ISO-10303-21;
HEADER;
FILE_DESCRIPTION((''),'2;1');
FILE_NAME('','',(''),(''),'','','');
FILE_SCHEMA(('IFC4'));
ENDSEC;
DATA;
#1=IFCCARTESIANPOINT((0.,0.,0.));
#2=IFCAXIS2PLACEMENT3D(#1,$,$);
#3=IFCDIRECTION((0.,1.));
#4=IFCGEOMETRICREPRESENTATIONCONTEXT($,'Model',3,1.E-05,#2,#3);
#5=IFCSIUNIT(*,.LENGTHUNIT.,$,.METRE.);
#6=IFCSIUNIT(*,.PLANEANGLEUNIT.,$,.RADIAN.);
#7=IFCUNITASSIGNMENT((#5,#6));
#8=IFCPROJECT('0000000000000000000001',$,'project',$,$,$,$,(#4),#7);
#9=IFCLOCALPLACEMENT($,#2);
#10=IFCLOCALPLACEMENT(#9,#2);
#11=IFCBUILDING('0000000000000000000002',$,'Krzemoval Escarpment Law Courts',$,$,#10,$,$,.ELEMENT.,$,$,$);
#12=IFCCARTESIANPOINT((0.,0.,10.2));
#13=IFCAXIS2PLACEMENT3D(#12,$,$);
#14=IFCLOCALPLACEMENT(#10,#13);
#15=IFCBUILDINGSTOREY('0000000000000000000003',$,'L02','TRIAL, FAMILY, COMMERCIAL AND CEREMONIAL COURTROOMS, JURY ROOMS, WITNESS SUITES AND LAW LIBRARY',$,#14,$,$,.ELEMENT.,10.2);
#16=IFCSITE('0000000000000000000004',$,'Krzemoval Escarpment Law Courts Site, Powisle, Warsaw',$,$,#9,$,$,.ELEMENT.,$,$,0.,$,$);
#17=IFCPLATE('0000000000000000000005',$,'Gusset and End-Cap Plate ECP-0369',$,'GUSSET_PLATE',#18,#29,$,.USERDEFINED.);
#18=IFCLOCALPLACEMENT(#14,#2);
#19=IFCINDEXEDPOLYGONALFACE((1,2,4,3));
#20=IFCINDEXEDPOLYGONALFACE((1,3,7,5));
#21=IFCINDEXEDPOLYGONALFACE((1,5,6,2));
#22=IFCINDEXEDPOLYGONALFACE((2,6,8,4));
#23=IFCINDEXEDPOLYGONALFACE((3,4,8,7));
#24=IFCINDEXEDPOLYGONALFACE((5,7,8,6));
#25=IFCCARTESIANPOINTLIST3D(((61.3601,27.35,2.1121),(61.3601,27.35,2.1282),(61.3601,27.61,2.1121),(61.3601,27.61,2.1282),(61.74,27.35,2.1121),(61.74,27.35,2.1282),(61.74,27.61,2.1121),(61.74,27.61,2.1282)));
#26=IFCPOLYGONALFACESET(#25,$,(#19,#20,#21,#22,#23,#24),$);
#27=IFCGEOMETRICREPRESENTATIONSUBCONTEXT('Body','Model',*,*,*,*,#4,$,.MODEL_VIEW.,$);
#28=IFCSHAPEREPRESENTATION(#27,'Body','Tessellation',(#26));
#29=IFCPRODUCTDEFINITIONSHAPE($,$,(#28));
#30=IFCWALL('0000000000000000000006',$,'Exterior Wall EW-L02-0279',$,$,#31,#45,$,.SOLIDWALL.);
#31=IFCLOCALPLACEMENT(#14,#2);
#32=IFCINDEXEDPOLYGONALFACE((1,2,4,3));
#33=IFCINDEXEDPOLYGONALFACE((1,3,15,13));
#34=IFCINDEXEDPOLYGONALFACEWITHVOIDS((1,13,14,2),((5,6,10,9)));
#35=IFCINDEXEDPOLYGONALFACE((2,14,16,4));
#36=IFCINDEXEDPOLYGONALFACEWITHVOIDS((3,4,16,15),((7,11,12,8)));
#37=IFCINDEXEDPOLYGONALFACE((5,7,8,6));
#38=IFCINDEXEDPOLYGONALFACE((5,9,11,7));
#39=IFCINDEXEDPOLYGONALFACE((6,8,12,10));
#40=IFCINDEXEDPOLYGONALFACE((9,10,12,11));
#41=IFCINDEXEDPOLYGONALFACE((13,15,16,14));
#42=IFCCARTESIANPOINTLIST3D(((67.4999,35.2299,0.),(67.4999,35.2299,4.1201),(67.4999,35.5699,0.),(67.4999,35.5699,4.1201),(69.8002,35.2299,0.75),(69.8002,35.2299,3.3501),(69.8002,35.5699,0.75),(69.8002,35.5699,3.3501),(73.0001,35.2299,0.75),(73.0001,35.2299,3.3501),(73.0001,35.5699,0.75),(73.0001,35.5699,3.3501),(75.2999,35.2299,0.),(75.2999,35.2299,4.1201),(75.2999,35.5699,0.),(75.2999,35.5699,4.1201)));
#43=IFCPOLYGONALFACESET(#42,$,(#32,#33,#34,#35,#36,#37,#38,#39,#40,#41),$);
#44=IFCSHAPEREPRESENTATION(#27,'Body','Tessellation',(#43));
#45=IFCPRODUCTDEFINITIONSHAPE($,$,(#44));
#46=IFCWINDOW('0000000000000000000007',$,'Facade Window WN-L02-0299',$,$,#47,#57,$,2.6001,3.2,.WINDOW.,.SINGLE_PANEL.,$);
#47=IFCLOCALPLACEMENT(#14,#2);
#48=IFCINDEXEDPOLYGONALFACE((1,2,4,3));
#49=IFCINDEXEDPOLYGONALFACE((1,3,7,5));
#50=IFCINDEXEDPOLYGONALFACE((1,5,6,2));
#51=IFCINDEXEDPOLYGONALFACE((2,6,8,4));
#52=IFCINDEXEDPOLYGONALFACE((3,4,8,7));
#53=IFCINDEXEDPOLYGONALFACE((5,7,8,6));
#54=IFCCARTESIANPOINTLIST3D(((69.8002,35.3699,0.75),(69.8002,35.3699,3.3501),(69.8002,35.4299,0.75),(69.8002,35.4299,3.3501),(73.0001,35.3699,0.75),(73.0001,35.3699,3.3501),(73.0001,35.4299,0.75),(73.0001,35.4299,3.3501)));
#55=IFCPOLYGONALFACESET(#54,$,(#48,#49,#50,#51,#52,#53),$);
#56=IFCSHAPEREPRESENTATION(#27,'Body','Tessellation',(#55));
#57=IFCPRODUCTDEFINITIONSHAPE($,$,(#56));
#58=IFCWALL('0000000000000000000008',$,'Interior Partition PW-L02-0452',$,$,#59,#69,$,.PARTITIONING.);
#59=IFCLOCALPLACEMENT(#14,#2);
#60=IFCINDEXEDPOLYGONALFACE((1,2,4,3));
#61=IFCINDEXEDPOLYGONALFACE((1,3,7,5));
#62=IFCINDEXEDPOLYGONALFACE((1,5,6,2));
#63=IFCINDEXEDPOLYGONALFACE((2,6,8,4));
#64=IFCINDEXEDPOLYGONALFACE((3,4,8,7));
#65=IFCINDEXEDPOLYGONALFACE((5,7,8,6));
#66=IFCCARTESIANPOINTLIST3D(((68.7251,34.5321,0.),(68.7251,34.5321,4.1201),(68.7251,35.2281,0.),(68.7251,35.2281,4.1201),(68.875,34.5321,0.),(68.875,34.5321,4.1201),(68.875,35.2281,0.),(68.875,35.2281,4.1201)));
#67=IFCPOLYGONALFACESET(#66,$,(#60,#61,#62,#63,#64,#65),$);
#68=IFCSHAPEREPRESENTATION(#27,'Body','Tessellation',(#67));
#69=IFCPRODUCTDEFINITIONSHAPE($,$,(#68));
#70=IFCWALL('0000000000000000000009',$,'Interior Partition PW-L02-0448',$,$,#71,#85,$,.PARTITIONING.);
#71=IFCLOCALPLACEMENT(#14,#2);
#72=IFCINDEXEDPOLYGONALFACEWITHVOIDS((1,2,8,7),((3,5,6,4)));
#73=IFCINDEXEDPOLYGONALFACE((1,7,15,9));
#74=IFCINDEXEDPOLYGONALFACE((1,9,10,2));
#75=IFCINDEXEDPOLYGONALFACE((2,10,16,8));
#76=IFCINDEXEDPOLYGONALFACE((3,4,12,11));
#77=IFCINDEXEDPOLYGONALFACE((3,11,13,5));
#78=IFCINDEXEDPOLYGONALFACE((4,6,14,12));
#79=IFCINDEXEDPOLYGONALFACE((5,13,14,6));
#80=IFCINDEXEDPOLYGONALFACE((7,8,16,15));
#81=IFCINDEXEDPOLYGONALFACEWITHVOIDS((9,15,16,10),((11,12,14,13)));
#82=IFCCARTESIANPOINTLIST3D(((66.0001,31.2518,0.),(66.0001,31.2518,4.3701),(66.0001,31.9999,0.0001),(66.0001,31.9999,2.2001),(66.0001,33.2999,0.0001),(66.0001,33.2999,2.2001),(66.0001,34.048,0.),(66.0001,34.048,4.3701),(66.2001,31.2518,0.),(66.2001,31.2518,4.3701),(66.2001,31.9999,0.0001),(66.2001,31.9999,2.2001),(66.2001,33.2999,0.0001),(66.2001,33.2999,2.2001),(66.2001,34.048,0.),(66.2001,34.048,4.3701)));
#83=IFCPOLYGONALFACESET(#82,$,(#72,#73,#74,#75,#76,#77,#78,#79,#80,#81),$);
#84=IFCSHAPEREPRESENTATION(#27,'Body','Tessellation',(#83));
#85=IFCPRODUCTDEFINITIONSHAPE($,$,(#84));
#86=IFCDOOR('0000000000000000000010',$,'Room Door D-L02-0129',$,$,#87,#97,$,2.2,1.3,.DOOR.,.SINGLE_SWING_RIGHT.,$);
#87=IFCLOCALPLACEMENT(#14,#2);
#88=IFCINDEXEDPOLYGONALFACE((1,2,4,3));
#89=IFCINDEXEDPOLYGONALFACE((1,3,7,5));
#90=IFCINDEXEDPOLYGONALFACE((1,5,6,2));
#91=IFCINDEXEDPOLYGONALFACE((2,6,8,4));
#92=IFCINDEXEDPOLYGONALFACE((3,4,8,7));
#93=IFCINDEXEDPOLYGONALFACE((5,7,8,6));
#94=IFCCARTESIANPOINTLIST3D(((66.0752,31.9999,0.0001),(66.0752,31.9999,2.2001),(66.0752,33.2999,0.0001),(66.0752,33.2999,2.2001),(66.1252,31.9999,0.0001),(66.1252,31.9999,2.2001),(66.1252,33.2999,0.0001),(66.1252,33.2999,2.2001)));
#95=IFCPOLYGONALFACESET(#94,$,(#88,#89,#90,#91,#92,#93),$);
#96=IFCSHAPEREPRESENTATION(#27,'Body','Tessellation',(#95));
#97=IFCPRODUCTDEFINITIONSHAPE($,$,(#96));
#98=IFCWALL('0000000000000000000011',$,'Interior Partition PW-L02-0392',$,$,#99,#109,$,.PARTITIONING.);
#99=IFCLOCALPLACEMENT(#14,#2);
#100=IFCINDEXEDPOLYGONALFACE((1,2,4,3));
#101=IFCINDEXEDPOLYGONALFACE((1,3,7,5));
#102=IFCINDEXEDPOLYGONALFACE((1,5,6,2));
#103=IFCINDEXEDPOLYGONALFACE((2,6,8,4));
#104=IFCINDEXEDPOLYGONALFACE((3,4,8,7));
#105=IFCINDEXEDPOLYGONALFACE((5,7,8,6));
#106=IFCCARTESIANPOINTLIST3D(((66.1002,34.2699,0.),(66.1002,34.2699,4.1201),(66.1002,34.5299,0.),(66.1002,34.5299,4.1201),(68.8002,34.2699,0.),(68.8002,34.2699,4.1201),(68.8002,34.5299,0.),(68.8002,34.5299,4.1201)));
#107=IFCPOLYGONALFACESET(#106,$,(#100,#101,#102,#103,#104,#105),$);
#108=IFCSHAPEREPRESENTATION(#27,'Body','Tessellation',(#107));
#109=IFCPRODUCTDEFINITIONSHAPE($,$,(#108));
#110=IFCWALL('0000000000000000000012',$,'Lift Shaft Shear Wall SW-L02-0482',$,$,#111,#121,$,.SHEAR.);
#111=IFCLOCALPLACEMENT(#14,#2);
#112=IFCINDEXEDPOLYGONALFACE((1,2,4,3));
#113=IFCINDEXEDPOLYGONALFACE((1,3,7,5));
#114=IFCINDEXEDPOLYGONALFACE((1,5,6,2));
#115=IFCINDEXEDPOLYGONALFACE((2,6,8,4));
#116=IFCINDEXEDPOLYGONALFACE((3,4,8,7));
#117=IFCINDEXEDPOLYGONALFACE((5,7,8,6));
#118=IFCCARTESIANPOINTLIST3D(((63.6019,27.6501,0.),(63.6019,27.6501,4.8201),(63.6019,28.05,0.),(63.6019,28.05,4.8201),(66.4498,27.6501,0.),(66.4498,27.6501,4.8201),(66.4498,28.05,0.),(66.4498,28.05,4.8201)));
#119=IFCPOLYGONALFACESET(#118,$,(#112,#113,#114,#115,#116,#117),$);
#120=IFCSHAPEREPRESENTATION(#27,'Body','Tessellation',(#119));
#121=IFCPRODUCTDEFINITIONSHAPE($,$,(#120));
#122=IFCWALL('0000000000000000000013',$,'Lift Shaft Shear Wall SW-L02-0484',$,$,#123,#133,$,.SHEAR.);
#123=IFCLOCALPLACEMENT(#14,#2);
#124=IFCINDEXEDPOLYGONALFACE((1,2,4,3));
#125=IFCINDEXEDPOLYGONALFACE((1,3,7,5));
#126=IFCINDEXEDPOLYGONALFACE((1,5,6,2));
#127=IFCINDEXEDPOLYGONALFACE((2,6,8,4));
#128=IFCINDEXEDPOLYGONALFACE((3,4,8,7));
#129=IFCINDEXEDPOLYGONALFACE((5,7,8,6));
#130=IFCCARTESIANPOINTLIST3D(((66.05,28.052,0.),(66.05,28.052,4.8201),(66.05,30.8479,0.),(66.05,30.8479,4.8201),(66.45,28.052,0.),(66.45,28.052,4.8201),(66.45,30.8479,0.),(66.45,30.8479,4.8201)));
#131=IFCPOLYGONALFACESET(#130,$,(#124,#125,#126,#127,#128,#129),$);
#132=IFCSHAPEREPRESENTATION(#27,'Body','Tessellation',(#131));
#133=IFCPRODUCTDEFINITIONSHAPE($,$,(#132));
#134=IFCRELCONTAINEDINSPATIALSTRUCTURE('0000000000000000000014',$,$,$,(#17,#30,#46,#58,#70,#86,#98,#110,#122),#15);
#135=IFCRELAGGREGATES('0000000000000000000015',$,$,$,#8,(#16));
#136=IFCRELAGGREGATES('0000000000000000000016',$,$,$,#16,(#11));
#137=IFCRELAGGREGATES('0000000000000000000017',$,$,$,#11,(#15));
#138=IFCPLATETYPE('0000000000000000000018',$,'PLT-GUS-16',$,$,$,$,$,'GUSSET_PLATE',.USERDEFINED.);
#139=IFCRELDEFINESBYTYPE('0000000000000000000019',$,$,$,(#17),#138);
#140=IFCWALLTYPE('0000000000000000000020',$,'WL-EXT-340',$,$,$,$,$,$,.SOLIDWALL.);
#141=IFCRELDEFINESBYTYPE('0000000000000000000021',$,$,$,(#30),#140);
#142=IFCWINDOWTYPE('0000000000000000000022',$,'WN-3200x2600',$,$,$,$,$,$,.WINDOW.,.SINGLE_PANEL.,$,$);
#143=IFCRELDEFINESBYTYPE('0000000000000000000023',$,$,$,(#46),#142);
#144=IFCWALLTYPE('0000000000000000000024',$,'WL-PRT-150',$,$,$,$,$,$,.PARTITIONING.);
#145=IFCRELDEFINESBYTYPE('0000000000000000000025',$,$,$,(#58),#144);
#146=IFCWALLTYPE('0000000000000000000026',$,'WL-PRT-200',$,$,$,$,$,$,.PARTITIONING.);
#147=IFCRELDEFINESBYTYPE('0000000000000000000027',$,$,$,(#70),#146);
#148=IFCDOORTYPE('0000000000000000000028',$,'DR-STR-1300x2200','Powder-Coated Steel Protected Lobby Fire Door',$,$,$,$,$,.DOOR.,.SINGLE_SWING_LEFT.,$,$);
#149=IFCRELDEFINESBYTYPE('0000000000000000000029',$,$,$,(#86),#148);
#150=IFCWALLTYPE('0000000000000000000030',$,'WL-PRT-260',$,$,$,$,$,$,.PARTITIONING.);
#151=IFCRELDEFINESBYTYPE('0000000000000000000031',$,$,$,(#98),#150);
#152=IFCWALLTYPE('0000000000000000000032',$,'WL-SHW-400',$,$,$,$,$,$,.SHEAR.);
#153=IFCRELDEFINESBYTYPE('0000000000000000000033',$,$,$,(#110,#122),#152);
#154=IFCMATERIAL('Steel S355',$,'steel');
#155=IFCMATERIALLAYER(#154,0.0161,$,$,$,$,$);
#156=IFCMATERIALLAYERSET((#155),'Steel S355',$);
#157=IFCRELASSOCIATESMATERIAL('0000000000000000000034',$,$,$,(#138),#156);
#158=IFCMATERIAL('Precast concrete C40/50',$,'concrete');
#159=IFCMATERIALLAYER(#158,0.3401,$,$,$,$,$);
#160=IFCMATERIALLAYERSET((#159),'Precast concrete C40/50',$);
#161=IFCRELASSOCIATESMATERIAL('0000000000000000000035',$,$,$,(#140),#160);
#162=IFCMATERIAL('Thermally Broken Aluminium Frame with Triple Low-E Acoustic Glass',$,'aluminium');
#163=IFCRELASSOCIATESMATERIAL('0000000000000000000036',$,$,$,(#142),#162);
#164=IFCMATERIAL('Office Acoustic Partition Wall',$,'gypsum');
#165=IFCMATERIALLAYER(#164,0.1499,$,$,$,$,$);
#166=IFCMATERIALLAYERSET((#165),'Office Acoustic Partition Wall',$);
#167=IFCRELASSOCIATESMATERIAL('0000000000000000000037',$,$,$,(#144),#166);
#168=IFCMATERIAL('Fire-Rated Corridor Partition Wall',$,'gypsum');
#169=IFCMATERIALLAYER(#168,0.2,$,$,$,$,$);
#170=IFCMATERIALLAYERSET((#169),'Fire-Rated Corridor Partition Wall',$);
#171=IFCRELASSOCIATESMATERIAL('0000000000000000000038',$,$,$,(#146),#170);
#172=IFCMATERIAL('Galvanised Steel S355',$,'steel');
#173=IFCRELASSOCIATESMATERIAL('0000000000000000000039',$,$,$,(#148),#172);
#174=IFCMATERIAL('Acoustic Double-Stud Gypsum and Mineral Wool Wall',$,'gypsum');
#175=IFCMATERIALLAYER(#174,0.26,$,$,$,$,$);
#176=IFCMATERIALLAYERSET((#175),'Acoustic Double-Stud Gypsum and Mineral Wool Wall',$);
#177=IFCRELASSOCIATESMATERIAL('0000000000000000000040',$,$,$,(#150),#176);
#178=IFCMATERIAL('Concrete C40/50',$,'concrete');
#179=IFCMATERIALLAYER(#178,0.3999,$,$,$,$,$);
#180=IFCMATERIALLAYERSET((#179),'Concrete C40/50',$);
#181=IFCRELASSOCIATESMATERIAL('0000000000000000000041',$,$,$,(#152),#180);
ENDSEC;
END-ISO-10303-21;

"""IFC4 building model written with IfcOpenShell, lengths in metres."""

from ifc_helpers import new_model, si_unit, direction, frame, frame_2d, origin, origin_2d, place, context, subcontext, project, spatial, rectangle, extrude, material, layer, layer_set, type_object, element, fill, save


model = new_model("IFC4")

# Units and contexts
model_context = context("Model", 3, precision=1e-05, world=origin(), true_north=direction((0.0, 1.0)))
body_context = subcontext(model_context, "Body", "Model", "MODEL_VIEW")
ifc_project = project(units=[si_unit("LENGTHUNIT", "METRE"), si_unit("PLANEANGLEUNIT", "RADIAN")], contexts=[model_context])

# Site, building, storey
site_placement = place(None, origin())
site = spatial("IfcSite", under=ifc_project, at=site_placement, Name="Krzemoval Escarpment Law Courts Site, Powisle, Warsaw", CompositionType="ELEMENT", RefElevation=0.0)
building_placement = place(site_placement, origin())
building = spatial("IfcBuilding", under=site, at=building_placement, Name="Krzemoval Escarpment Law Courts", CompositionType="ELEMENT")
storey_placement = place(building_placement, frame((0.0, 0.0, 10.2)))
storey = spatial("IfcBuildingStorey", under=building, at=storey_placement, Name="L02", Description="TRIAL, FAMILY, COMMERCIAL AND CEREMONIAL COURTROOMS, JURY ROOMS, WITNESS SUITES AND LAW LIBRARY", CompositionType="ELEMENT", Elevation=10.2)

# Plate
ifc_material_1 = material(Name="Steel S355", Category="steel")
ifc_layer_1 = layer(ifc_material_1, 0.0161)
ifc_layer_set_1 = layer_set([ifc_layer_1], Name="Steel S355")
plate_type = type_object("IfcPlateType", Name="PLT-GUS-16", ElementType="GUSSET_PLATE", PredefinedType="USERDEFINED", material=ifc_layer_set_1)
plate_placement = place(storey_placement, frame((61.55, 27.48, 2.1121), z_axis=(0.0, 0.0, 1.0), x_axis=(1.0, 0.0, 0.0)))
element("IfcPlate", 1, at=plate_placement, inside=storey, type_object=plate_type, Name="Gusset and End-Cap Plate ECP-0369", ObjectType="GUSSET_PLATE", PredefinedType="USERDEFINED", context=body_context, shape_type="SweptSolid", body=[
    extrude(rectangle(XDim=0.3799, YDim=0.26, at=origin_2d()), origin(), (0.0, 0.0, 1.0), 0.0161),
])

# Wall, opening, window
ifc_material_2 = material(Name="Precast concrete C40/50", Category="concrete")
ifc_layer_2 = layer(ifc_material_2, 0.3401)
ifc_layer_set_2 = layer_set([ifc_layer_2], Name="Precast concrete C40/50")
wall_type_1 = type_object("IfcWallType", Name="WL-EXT-340", PredefinedType="SOLIDWALL", material=ifc_layer_set_2)
wall_1_placement = place(storey_placement, frame((67.5, 35.3999, 0.0), z_axis=(0.0, 0.0, 1.0), x_axis=(1.0, 0.0, 0.0)))
wall_1 = element("IfcWall", 2, at=wall_1_placement, inside=storey, type_object=wall_type_1, Name="Exterior Wall EW-L02-0279", PredefinedType="SOLIDWALL", context=body_context, shape_type="SweptSolid", body=[
    extrude(rectangle(XDim=7.8, YDim=0.3401, at=frame_2d((3.8999, 0.0))), origin(), (0.0, 0.0, 1.0), 4.1201),
])
opening_1_placement = place(wall_1_placement, frame((2.3, 0.0, 0.75)))
opening_1 = element("IfcOpeningElement", 3, at=opening_1_placement, cuts=wall_1, PredefinedType="OPENING", context=body_context, shape_type="SweptSolid", body=[
    extrude(rectangle(XDim=3.2, YDim=2.6001, at=frame_2d((1.6001, 1.3))), frame((0.0, 0.185, 0.0), z_axis=(0.0, -1.0, 0.0), x_axis=(1.0, 0.0, 0.0)), (0.0, 0.0, 1.0), 0.3701),
])
ifc_material_3 = material(Name="Thermally Broken Aluminium Frame with Triple Low-E Acoustic Glass", Category="aluminium")
window_type = type_object("IfcWindowType", Name="WN-3200x2600", PartitioningType="SINGLE_PANEL", PredefinedType="WINDOW", material=ifc_material_3)
window_placement = place(opening_1_placement, origin())
window = element("IfcWindow", 4, at=window_placement, inside=storey, type_object=window_type, Name="Facade Window WN-L02-0299", OverallHeight=2.6001, OverallWidth=3.2, PartitioningType="SINGLE_PANEL", PredefinedType="WINDOW", context=body_context, shape_type="SweptSolid", body=[
    extrude(rectangle(XDim=3.2, YDim=2.6001, at=frame_2d((1.6001, 1.3))), frame((0.0, 0.03, 0.0), z_axis=(0.0, -1.0, 0.0), x_axis=(1.0, 0.0, 0.0)), (0.0, 0.0, 1.0), 0.0601),
])
fill(opening_1, window)

# Wall
ifc_material_4 = material(Name="Office Acoustic Partition Wall", Category="gypsum")
ifc_layer_3 = layer(ifc_material_4, 0.1499)
ifc_layer_set_3 = layer_set([ifc_layer_3], Name="Office Acoustic Partition Wall")
wall_type_2 = type_object("IfcWallType", Name="WL-PRT-150", PredefinedType="PARTITIONING", material=ifc_layer_set_3)
wall_2_placement = place(storey_placement, frame((68.8, 34.532, 0.0), z_axis=(0.0, 0.0, 1.0), x_axis=(0.0, 1.0, 0.0)))
element("IfcWall", 5, at=wall_2_placement, inside=storey, type_object=wall_type_2, Name="Interior Partition PW-L02-0452", PredefinedType="PARTITIONING", context=body_context, shape_type="SweptSolid", body=[
    extrude(rectangle(XDim=0.696, YDim=0.1499, at=frame_2d((0.3481, 0.0))), origin(), (0.0, 0.0, 1.0), 4.1201),
])

# Wall, opening, door
ifc_material_5 = material(Name="Fire-Rated Corridor Partition Wall", Category="gypsum")
ifc_layer_4 = layer(ifc_material_5, 0.2)
ifc_layer_set_4 = layer_set([ifc_layer_4], Name="Fire-Rated Corridor Partition Wall")
wall_type_3 = type_object("IfcWallType", Name="WL-PRT-200", PredefinedType="PARTITIONING", material=ifc_layer_set_4)
wall_3_placement = place(storey_placement, frame((66.1001, 31.252, 0.0), z_axis=(0.0, 0.0, 1.0), x_axis=(0.0, 1.0, 0.0)))
wall_3 = element("IfcWall", 6, at=wall_3_placement, inside=storey, type_object=wall_type_3, Name="Interior Partition PW-L02-0448", PredefinedType="PARTITIONING", context=body_context, shape_type="SweptSolid", body=[
    extrude(rectangle(XDim=2.7961, YDim=0.2, at=frame_2d((1.3979, 0.0))), origin(), (0.0, 0.0, 1.0), 4.3701),
])
opening_2_placement = place(wall_3_placement, frame((0.748, 0.0, 0.0)))
opening_2 = element("IfcOpeningElement", 7, at=opening_2_placement, cuts=wall_3, PredefinedType="OPENING", context=body_context, shape_type="SweptSolid", body=[
    extrude(rectangle(XDim=1.3, YDim=2.2, at=frame_2d((0.6499, 1.1001))), frame((0.0, 0.115, 0.0), z_axis=(0.0, -1.0, 0.0), x_axis=(1.0, 0.0, 0.0)), (0.0, 0.0, 1.0), 0.2299),
])
ifc_material_6 = material(Name="Galvanised Steel S355", Category="steel")
door_type_1 = type_object("IfcDoorType", Name="DR-STR-1300x2200", Description="Powder-Coated Steel Protected Lobby Fire Door", OperationType="SINGLE_SWING_LEFT", PredefinedType="DOOR", material=ifc_material_6)
door_1_placement = place(opening_2_placement, origin())
door_1 = element("IfcDoor", 8, at=door_1_placement, inside=storey, type_object=door_type_1, Name="Room Door D-L02-0129", OperationType="SINGLE_SWING_RIGHT", OverallHeight=2.2, OverallWidth=1.3, PredefinedType="DOOR", context=body_context, shape_type="SweptSolid", body=[
    extrude(rectangle(XDim=1.3, YDim=2.2, at=frame_2d((0.6499, 1.1001))), frame((0.0, 0.0249, 0.0), z_axis=(0.0, -1.0, 0.0), x_axis=(1.0, 0.0, 0.0)), (0.0, 0.0, 1.0), 0.05),
])
fill(opening_2, door_1)

# Walls
ifc_material_7 = material(Name="Acoustic Double-Stud Gypsum and Mineral Wool Wall", Category="gypsum")
ifc_layer_5 = layer(ifc_material_7, 0.26)
ifc_layer_set_5 = layer_set([ifc_layer_5], Name="Acoustic Double-Stud Gypsum and Mineral Wool Wall")
wall_type_4 = type_object("IfcWallType", Name="WL-PRT-260", PredefinedType="PARTITIONING", material=ifc_layer_set_5)
wall_4_placement = place(storey_placement, frame((66.1001, 34.3999, 0.0), z_axis=(0.0, 0.0, 1.0), x_axis=(1.0, 0.0, 0.0)))
element("IfcWall", 9, at=wall_4_placement, inside=storey, type_object=wall_type_4, Name="Interior Partition PW-L02-0392", PredefinedType="PARTITIONING", context=body_context, shape_type="SweptSolid", body=[
    extrude(rectangle(XDim=2.7, YDim=0.26, at=frame_2d((1.3501, 0.0))), origin(), (0.0, 0.0, 1.0), 4.1201),
])
ifc_material_8 = material(Name="Concrete C40/50", Category="concrete")
ifc_layer_6 = layer(ifc_material_8, 0.3999)
ifc_layer_set_6 = layer_set([ifc_layer_6], Name="Concrete C40/50")
wall_type_5 = type_object("IfcWallType", Name="WL-SHW-400", PredefinedType="SHEAR", material=ifc_layer_set_6)
wall_5_placement = place(storey_placement, frame((63.6021, 27.8501, 0.0), z_axis=(0.0, 0.0, 1.0), x_axis=(1.0, 0.0, 0.0)))
element("IfcWall", 10, at=wall_5_placement, inside=storey, type_object=wall_type_5, Name="Lift Shaft Shear Wall SW-L02-0482", PredefinedType="SHEAR", context=body_context, shape_type="SweptSolid", body=[
    extrude(rectangle(XDim=2.8479, YDim=0.3999, at=frame_2d((1.4238, 0.0))), origin(), (0.0, 0.0, 1.0), 4.8201),
])

# Wall
wall_6_placement = place(storey_placement, frame((66.25, 28.052, 0.0), z_axis=(0.0, 0.0, 1.0), x_axis=(0.0, 1.0, 0.0)))
element("IfcWall", 11, at=wall_6_placement, inside=storey, type_object=wall_type_5, Name="Lift Shaft Shear Wall SW-L02-0484", PredefinedType="SHEAR", context=body_context, shape_type="SweptSolid", body=[
    extrude(rectangle(XDim=2.7959, YDim=0.3999, at=frame_2d((1.3979, 0.0))), origin(), (0.0, 0.0, 1.0), 4.8201),
])

save(model, "model.ifc")
